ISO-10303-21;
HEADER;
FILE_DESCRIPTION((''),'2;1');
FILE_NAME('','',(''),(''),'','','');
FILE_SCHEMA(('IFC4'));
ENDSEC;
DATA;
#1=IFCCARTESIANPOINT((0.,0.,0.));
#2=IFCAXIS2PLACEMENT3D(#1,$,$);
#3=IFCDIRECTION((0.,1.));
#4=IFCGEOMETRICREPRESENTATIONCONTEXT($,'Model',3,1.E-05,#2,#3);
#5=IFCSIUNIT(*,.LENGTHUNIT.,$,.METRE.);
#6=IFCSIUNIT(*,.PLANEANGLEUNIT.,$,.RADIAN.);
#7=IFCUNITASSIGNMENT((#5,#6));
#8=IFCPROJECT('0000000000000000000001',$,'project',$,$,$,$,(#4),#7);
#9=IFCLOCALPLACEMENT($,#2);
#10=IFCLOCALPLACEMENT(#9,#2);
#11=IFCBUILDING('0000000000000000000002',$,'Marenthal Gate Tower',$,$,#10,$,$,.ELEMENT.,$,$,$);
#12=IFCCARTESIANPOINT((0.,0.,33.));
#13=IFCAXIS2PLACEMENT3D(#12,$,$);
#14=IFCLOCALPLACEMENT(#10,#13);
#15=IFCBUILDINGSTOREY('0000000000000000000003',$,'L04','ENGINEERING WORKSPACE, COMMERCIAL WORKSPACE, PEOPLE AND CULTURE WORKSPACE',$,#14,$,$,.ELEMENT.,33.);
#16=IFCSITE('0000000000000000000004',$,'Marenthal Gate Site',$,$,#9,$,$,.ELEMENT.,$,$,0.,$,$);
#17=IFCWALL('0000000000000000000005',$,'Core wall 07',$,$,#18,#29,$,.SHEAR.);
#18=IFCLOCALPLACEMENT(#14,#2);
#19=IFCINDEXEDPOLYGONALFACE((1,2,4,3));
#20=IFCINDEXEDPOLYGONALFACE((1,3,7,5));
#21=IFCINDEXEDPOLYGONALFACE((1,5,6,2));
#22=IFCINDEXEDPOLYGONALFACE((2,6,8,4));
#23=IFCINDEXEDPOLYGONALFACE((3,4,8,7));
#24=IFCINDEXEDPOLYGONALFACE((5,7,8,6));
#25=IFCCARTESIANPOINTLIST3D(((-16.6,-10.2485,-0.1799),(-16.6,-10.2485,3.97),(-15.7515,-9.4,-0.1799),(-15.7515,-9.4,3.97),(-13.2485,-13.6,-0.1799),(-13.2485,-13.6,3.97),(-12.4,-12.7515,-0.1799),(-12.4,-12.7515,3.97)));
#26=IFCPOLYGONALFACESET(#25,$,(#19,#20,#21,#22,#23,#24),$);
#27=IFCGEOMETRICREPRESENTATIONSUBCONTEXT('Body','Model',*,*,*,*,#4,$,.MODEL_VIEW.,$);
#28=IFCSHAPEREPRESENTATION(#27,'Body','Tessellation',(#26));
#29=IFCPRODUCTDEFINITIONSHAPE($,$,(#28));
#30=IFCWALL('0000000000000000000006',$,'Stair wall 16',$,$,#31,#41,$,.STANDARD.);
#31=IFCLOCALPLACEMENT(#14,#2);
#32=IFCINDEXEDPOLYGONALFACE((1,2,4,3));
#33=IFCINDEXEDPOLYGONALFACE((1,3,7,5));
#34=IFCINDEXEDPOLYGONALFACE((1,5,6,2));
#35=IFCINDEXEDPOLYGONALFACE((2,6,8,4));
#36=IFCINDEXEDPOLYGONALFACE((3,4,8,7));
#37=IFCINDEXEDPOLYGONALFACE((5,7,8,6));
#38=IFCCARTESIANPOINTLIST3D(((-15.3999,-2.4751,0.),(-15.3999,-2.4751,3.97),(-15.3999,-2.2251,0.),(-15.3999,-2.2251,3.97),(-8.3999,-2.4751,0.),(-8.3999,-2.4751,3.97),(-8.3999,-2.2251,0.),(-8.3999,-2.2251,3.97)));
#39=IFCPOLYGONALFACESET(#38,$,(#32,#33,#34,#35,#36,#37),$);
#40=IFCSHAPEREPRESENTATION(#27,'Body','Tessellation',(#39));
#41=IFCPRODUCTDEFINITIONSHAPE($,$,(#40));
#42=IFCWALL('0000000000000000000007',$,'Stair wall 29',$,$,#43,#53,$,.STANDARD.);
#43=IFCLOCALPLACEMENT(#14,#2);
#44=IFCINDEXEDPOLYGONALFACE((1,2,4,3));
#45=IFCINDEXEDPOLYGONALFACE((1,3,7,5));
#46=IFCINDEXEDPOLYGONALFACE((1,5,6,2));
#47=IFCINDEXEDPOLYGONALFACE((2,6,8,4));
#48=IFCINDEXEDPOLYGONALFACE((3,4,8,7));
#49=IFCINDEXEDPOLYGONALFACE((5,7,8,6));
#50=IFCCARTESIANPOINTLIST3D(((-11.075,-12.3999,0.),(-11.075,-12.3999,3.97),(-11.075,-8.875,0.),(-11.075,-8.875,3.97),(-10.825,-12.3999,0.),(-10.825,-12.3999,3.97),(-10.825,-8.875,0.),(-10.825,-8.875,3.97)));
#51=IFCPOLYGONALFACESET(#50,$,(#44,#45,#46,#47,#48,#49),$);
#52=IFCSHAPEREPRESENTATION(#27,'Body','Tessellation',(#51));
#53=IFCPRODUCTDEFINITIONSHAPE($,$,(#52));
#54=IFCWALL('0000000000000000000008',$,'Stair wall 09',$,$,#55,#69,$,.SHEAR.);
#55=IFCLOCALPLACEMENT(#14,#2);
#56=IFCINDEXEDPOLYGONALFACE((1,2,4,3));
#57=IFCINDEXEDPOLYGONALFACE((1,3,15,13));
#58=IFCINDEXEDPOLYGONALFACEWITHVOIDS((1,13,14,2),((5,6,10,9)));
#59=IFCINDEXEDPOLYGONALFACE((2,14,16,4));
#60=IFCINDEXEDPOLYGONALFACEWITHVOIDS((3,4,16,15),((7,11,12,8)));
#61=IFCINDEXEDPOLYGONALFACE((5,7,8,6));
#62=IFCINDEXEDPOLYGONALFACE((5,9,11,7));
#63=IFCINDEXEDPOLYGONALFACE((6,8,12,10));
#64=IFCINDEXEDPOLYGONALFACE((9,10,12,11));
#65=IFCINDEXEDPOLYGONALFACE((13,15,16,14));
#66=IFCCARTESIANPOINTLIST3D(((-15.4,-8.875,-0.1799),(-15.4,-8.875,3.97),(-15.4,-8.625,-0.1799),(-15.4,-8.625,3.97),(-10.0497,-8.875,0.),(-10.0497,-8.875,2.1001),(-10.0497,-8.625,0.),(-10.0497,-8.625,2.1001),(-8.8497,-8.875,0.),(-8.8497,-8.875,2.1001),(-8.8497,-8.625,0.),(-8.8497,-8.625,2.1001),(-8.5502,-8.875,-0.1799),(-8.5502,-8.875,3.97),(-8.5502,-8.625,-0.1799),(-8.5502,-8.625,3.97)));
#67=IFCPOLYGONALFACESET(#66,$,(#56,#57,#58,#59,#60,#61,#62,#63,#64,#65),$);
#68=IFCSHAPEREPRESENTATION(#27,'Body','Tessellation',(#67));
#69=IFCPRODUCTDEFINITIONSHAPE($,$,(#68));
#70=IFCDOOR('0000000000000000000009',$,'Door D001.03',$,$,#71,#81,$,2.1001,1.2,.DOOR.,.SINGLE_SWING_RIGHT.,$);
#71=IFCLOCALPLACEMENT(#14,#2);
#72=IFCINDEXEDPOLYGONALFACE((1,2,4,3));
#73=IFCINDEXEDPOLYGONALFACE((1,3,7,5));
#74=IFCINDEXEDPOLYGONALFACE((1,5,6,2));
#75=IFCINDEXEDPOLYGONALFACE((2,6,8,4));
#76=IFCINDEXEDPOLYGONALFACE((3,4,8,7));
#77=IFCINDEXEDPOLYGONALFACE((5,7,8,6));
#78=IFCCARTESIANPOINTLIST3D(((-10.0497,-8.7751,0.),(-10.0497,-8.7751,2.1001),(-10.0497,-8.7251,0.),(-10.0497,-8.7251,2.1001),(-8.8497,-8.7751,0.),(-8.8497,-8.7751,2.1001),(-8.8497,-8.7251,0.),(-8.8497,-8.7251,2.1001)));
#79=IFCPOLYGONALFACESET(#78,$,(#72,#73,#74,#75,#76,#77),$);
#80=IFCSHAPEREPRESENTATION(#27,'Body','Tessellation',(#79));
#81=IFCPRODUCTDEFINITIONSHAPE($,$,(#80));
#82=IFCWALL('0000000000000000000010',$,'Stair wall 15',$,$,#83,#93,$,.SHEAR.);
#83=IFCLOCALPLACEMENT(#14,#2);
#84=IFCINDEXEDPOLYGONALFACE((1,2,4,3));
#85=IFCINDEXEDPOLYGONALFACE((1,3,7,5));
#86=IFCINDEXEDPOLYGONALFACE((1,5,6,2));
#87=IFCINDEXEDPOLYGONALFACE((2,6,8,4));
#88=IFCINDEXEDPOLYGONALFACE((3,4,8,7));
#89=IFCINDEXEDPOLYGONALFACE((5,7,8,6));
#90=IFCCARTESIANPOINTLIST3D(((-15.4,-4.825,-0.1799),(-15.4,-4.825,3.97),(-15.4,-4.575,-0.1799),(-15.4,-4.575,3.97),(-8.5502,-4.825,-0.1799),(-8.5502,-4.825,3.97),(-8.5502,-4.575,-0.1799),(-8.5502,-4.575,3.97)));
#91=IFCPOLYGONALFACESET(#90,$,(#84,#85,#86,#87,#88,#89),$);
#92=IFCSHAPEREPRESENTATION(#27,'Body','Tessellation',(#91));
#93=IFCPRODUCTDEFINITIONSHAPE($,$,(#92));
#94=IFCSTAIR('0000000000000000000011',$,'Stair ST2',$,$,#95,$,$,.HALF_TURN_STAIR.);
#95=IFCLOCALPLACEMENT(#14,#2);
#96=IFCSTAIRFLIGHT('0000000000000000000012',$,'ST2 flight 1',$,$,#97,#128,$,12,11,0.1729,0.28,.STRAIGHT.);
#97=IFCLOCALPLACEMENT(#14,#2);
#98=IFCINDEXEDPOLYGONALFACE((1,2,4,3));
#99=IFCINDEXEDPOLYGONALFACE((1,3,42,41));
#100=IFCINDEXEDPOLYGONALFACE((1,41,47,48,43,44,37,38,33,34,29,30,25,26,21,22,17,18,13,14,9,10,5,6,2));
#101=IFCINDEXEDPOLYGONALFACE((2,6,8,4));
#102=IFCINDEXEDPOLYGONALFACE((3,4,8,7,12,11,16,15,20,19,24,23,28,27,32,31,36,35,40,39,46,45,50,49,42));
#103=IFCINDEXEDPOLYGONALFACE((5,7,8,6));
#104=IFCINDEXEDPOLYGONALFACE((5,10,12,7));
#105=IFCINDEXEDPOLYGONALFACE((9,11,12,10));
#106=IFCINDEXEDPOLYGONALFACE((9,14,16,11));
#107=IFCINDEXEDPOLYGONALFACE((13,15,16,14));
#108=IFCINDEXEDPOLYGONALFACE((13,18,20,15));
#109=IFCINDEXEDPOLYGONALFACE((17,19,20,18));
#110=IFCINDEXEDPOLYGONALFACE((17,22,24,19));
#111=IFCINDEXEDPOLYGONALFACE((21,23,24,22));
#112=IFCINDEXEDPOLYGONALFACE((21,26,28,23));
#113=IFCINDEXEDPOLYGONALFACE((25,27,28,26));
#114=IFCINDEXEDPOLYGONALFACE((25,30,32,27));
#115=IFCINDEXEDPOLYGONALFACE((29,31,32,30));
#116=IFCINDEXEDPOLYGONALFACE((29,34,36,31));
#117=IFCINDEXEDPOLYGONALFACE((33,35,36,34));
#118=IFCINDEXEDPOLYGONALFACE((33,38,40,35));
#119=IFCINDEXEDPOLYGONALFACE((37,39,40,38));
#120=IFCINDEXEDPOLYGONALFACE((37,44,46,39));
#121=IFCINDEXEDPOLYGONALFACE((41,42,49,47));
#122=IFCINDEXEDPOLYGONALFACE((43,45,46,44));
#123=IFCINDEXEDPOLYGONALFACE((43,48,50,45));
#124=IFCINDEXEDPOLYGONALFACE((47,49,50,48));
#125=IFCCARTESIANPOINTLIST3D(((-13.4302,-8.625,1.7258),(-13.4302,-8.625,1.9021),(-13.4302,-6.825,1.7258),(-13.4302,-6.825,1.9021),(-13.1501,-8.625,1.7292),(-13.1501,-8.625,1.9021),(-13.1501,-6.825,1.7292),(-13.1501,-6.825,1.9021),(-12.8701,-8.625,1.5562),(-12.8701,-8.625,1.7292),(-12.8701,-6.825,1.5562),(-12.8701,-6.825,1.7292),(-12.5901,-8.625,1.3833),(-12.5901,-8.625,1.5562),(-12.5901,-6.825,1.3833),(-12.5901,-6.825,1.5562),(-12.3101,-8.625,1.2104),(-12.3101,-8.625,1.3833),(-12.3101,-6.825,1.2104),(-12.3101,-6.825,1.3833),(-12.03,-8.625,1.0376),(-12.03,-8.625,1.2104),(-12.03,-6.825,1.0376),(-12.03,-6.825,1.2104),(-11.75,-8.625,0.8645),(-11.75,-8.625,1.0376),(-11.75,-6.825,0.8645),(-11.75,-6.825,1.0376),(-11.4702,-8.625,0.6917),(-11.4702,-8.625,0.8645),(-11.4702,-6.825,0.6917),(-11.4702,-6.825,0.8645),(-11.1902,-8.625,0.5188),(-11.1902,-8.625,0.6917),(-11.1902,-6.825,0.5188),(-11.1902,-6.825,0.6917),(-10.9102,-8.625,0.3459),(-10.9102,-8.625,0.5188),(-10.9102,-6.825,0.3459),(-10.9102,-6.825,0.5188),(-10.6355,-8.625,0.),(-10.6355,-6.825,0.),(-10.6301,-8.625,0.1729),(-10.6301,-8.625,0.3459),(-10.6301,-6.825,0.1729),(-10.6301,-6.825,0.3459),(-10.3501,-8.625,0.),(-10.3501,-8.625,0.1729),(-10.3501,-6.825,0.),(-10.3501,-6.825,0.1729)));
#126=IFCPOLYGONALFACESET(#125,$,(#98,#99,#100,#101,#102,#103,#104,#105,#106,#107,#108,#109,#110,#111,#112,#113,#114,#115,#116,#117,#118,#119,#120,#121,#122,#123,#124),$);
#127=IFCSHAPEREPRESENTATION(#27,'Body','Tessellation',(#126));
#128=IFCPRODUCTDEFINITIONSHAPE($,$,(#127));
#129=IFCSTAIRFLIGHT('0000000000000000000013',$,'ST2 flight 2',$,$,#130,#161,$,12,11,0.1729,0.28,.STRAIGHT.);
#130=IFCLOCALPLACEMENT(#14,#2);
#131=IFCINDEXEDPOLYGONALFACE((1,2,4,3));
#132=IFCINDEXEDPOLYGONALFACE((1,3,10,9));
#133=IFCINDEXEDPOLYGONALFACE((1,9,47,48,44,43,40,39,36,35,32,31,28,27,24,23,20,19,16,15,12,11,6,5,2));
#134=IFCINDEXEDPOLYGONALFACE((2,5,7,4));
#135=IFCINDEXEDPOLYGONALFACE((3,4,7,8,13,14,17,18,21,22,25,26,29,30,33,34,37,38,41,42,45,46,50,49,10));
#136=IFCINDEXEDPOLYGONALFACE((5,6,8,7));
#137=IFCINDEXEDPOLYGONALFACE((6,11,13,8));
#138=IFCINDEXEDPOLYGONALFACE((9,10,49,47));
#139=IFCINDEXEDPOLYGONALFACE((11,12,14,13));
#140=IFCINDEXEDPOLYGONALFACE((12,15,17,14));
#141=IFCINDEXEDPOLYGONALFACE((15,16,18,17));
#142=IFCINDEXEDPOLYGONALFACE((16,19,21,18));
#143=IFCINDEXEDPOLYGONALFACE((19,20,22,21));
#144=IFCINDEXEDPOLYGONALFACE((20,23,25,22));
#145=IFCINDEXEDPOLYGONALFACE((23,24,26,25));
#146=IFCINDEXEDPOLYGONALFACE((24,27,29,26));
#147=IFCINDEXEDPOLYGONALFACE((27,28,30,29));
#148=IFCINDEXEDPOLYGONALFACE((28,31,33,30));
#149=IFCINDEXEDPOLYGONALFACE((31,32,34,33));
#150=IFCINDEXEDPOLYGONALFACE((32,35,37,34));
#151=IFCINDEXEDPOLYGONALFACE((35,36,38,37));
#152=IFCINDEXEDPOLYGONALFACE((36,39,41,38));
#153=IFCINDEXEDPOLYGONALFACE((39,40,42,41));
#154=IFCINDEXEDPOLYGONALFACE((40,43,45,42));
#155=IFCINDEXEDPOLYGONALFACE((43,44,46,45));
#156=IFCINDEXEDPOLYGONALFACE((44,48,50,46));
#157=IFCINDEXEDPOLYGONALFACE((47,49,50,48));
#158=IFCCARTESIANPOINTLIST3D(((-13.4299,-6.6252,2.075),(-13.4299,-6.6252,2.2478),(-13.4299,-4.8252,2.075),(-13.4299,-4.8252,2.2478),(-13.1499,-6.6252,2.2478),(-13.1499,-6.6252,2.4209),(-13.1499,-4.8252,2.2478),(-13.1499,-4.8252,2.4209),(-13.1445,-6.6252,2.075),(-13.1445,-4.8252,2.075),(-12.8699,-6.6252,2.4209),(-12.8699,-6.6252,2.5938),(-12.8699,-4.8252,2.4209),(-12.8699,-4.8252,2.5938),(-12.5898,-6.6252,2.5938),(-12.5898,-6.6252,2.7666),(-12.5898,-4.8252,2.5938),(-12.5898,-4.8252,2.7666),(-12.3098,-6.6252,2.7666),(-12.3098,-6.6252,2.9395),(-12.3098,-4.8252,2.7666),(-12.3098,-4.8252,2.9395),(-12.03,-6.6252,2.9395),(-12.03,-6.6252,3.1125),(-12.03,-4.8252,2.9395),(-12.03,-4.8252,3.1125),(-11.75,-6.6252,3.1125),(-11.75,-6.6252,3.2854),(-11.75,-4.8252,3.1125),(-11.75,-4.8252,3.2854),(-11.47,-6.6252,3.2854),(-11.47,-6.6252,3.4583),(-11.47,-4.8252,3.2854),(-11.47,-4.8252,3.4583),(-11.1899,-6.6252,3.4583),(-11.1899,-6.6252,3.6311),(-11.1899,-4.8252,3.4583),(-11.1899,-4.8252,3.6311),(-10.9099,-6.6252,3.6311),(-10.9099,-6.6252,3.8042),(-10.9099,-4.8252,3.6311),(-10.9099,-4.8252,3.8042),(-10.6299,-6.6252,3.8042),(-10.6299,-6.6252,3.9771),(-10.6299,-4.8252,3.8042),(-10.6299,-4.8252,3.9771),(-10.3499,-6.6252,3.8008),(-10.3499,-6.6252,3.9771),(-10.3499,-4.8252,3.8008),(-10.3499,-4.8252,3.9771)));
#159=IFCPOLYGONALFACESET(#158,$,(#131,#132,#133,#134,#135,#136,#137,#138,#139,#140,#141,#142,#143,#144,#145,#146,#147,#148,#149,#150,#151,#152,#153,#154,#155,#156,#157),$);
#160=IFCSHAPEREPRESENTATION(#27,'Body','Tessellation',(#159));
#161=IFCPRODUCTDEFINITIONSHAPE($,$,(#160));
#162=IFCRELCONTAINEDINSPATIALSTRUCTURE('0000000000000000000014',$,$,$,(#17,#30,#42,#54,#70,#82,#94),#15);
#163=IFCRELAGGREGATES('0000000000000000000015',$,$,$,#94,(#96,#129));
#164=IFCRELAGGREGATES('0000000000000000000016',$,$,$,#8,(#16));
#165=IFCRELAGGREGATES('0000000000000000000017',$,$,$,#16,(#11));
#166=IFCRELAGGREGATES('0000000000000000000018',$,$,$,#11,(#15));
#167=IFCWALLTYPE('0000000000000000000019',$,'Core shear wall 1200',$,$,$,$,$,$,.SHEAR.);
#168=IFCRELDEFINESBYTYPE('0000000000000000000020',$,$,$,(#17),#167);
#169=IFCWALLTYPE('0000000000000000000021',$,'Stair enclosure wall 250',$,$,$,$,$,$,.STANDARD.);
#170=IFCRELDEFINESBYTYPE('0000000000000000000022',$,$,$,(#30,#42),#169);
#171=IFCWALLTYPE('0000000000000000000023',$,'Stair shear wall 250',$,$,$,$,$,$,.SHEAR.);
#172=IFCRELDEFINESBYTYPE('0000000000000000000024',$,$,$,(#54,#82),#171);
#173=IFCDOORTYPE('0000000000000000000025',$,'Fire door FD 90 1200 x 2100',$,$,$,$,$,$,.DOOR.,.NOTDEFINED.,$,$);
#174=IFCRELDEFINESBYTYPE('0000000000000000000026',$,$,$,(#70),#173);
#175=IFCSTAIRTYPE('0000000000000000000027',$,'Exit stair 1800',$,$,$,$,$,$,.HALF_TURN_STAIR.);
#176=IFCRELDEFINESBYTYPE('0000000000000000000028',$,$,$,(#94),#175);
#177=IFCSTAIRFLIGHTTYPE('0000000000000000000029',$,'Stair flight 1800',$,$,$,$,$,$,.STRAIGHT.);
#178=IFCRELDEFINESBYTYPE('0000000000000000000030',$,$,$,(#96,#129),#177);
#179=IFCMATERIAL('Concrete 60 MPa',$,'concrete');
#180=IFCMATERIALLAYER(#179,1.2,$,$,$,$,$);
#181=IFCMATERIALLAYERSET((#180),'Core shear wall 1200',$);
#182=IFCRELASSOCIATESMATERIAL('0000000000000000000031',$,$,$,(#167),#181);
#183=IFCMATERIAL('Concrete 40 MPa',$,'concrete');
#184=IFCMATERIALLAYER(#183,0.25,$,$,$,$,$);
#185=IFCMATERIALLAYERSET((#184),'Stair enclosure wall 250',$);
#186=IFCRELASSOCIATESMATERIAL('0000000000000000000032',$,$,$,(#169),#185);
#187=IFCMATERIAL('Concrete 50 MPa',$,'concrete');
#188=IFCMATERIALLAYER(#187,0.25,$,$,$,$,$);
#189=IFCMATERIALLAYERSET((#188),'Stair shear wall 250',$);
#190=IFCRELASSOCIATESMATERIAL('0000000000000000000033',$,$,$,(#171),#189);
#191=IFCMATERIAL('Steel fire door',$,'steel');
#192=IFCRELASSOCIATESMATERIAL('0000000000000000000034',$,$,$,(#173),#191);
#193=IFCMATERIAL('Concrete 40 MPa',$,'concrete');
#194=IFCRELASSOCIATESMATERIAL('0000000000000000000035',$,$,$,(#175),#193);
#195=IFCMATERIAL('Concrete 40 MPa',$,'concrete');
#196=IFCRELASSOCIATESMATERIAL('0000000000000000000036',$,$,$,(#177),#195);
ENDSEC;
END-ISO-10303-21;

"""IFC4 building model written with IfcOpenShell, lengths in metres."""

from ifc_helpers import new_model, si_unit, direction, frame, frame_2d, origin, place, context, subcontext, project, spatial, polyline, rectangle, outline, extrude, material, layer, layer_set, type_object, element, fill, aggregate, save


model = new_model("IFC4")

# Units and contexts
model_context = context("Model", 3, precision=1e-05, world=origin(), true_north=direction((0.0, 1.0)))
body_context = subcontext(model_context, "Body", "Model", "MODEL_VIEW")
ifc_project = project(units=[si_unit("LENGTHUNIT", "METRE"), si_unit("PLANEANGLEUNIT", "RADIAN")], contexts=[model_context])

# Site, building, storey
site_placement = place(None, origin())
site = spatial("IfcSite", under=ifc_project, at=site_placement, Name="Marenthal Gate Site", CompositionType="ELEMENT", RefElevation=0.0)
building_placement = place(site_placement, origin())
building = spatial("IfcBuilding", under=site, at=building_placement, Name="Marenthal Gate Tower", CompositionType="ELEMENT")
storey_placement = place(building_placement, frame((0.0, 0.0, 33.0)))
storey = spatial("IfcBuildingStorey", under=building, at=storey_placement, Name="L04", Description="ENGINEERING WORKSPACE, COMMERCIAL WORKSPACE, PEOPLE AND CULTURE WORKSPACE", CompositionType="ELEMENT", Elevation=33.0)

# Walls
ifc_material_1 = material(Name="Concrete 60 MPa", Category="concrete")
ifc_layer_1 = layer(ifc_material_1, 1.2)
ifc_layer_set_1 = layer_set([ifc_layer_1], Name="Core shear wall 1200")
wall_type_1 = type_object("IfcWallType", Name="Core shear wall 1200", PredefinedType="SHEAR", material=ifc_layer_set_1)
wall_1_placement = place(storey_placement, frame((-16.1758, -9.8242, -0.1799), z_axis=(0.0, 0.0, 1.0), x_axis=(0.707107, -0.707107, 0.0)))
element("IfcWall", 1, at=wall_1_placement, inside=storey, type_object=wall_type_1, Name="Core wall 07", PredefinedType="SHEAR", context=body_context, shape_type="SweptSolid", body=[
    extrude(rectangle(XDim=4.7397, YDim=1.2, at=frame_2d((2.3699, 0.0))), origin(), (0.0, 0.0, 1.0), 4.1499),
])
ifc_material_2 = material(Name="Concrete 40 MPa", Category="concrete")
ifc_layer_2 = layer(ifc_material_2, 0.25)
ifc_layer_set_2 = layer_set([ifc_layer_2], Name="Stair enclosure wall 250")
wall_type_2 = type_object("IfcWallType", Name="Stair enclosure wall 250", PredefinedType="STANDARD", material=ifc_layer_set_2)
wall_2_placement = place(storey_placement, frame((-15.3999, -2.3501, 0.0), z_axis=(0.0, 0.0, 1.0), x_axis=(1.0, 0.0, 0.0)))
element("IfcWall", 2, at=wall_2_placement, inside=storey, type_object=wall_type_2, Name="Stair wall 16", PredefinedType="STANDARD", context=body_context, shape_type="SweptSolid", body=[
    extrude(rectangle(XDim=7.0, YDim=0.25, at=frame_2d((3.5, 0.0))), origin(), (0.0, 0.0, 1.0), 3.97),
])
wall_3_placement = place(storey_placement, frame((-10.95, -12.3999, 0.0), z_axis=(0.0, 0.0, 1.0), x_axis=(0.0, 1.0, 0.0)))
element("IfcWall", 3, at=wall_3_placement, inside=storey, type_object=wall_type_2, Name="Stair wall 29", PredefinedType="STANDARD", context=body_context, shape_type="SweptSolid", body=[
    extrude(rectangle(XDim=3.5249, YDim=0.25, at=frame_2d((1.7625, 0.0))), origin(), (0.0, 0.0, 1.0), 3.97),
])

# Wall, opening, door
ifc_material_3 = material(Name="Concrete 50 MPa", Category="concrete")
ifc_layer_3 = layer(ifc_material_3, 0.25)
ifc_layer_set_3 = layer_set([ifc_layer_3], Name="Stair shear wall 250")
wall_type_3 = type_object("IfcWallType", Name="Stair shear wall 250", PredefinedType="SHEAR", material=ifc_layer_set_3)
wall_4_placement = place(storey_placement, frame((-15.3999, -8.75, -0.1799), z_axis=(0.0, 0.0, 1.0), x_axis=(1.0, 0.0, 0.0)))
wall_4 = element("IfcWall", 4, at=wall_4_placement, inside=storey, type_object=wall_type_3, Name="Stair wall 09", PredefinedType="SHEAR", context=body_context, shape_type="SweptSolid", body=[
    extrude(rectangle(XDim=6.8499, YDim=0.25, at=frame_2d((3.4248, 0.0))), origin(), (0.0, 0.0, 1.0), 4.1499),
])
opening_placement = place(wall_4_placement, frame((5.3501, 0.0, 0.1799)))
opening = element("IfcOpeningElement", 5, at=opening_placement, cuts=wall_4, PredefinedType="OPENING", context=body_context, shape_type="SweptSolid", body=[
    extrude(rectangle(XDim=1.2, YDim=2.1001, at=frame_2d((0.6001, 1.05))), frame((0.0, 0.135, 0.0), z_axis=(0.0, -1.0, 0.0), x_axis=(1.0, 0.0, 0.0)), (0.0, 0.0, 1.0), 0.27),
])
ifc_material_4 = material(Name="Steel fire door", Category="steel")
door_type = type_object("IfcDoorType", Name="Fire door FD 90 1200 x 2100", OperationType="NOTDEFINED", PredefinedType="DOOR", material=ifc_material_4)
door_placement = place(opening_placement, origin())
door = element("IfcDoor", 6, at=door_placement, inside=storey, type_object=door_type, Name="Door D001.03", OperationType="SINGLE_SWING_RIGHT", OverallHeight=2.1001, OverallWidth=1.2, PredefinedType="DOOR", context=body_context, shape_type="SweptSolid", body=[
    extrude(rectangle(XDim=1.2, YDim=2.1001, at=frame_2d((0.6001, 1.05))), frame((0.0, 0.0249, 0.0), z_axis=(0.0, -1.0, 0.0), x_axis=(1.0, 0.0, 0.0)), (0.0, 0.0, 1.0), 0.05),
])
fill(opening, door)

# Wall
wall_5_placement = place(storey_placement, frame((-15.3999, -4.7, -0.1799), z_axis=(0.0, 0.0, 1.0), x_axis=(1.0, 0.0, 0.0)))
element("IfcWall", 7, at=wall_5_placement, inside=storey, type_object=wall_type_3, Name="Stair wall 15", PredefinedType="SHEAR", context=body_context, shape_type="SweptSolid", body=[
    extrude(rectangle(XDim=6.8499, YDim=0.25, at=frame_2d((3.4248, 0.0))), origin(), (0.0, 0.0, 1.0), 4.1499),
])

# Stair, stair flights
ifc_material_5 = material(Name="Concrete 40 MPa", Category="concrete")
stair_type = type_object("IfcStairType", Name="Exit stair 1800", PredefinedType="HALF_TURN_STAIR", material=ifc_material_5)
stair_placement = place(storey_placement, origin())
stair = element("IfcStair", 8, at=stair_placement, inside=storey, type_object=stair_type, Name="Stair ST2", PredefinedType="HALF_TURN_STAIR")
ifc_material_6 = material(Name="Concrete 40 MPa", Category="concrete")
stair_flight_type = type_object("IfcStairFlightType", Name="Stair flight 1800", PredefinedType="STRAIGHT", material=ifc_material_6)
stair_flight_1_placement = place(storey_placement, frame((-10.3501, -7.7251, 0.0), z_axis=(0.0, 0.0, 1.0), x_axis=(-1.0, 0.0, 0.0)))
stair_flight_1 = element("IfcStairFlight", 9, at=stair_flight_1_placement, type_object=stair_flight_type, Name="ST2 flight 1", NumberOfRisers=12, NumberOfTreads=11, PredefinedType="STRAIGHT", RiserHeight=0.1729, TreadLength=0.28, context=body_context, shape_type="SweptSolid", body=[
    extrude(outline(polyline([(0.0, 0.0), (0.0, 0.1729), (0.28, 0.1729), (0.28, 0.3459), (0.5601, 0.3459), (0.5601, 0.5188), (0.8401, 0.5188), (0.8401, 0.6917), (1.1201, 0.6917), (1.1201, 0.8645), (1.3999, 0.8645), (1.3999, 1.0376), (1.6799, 1.0376), (1.6799, 1.2104), (1.96, 1.2104), (1.96, 1.3833), (2.24, 1.3833), (2.24, 1.5562), (2.52, 1.5562), (2.52, 1.7292), (2.8, 1.7292), (2.8, 1.9021), (3.0801, 1.9021), (3.0801, 2.075), (3.0801, 1.7258), (0.2854, 0.0), (0.0, 0.0)])), frame((0.0, 0.8999, 0.0), z_axis=(0.0, -1.0, 0.0), x_axis=(1.0, 0.0, 0.0)), (0.0, 0.0, 1.0), 1.8),
])
stair_flight_2_placement = place(storey_placement, frame((-13.4299, -5.7251, 2.075), z_axis=(0.0, 0.0, 1.0), x_axis=(1.0, 0.0, 0.0)))
stair_flight_2 = element("IfcStairFlight", 10, at=stair_flight_2_placement, type_object=stair_flight_type, Name="ST2 flight 2", NumberOfRisers=12, NumberOfTreads=11, PredefinedType="STRAIGHT", RiserHeight=0.1729, TreadLength=0.28, context=body_context, shape_type="SweptSolid", body=[
    extrude(outline(polyline([(0.0, 0.0), (0.0, 0.1729), (0.28, 0.1729), (0.28, 0.3459), (0.5601, 0.3459), (0.5601, 0.5188), (0.8401, 0.5188), (0.8401, 0.6917), (1.1201, 0.6917), (1.1201, 0.8645), (1.3999, 0.8645), (1.3999, 1.0376), (1.6799, 1.0376), (1.6799, 1.2104), (1.96, 1.2104), (1.96, 1.3833), (2.24, 1.3833), (2.24, 1.5562), (2.52, 1.5562), (2.52, 1.7292), (2.8, 1.7292), (2.8, 1.9021), (3.0801, 1.9021), (3.0801, 2.075), (3.0801, 1.7258), (0.2854, 0.0), (0.0, 0.0)])), frame((0.0, 0.8999, 0.0), z_axis=(0.0, -1.0, 0.0), x_axis=(1.0, 0.0, 0.0)), (0.0, 0.0, 1.0), 1.8),
])
aggregate(stair, [stair_flight_1, stair_flight_2])

save(model, "model.ifc")
